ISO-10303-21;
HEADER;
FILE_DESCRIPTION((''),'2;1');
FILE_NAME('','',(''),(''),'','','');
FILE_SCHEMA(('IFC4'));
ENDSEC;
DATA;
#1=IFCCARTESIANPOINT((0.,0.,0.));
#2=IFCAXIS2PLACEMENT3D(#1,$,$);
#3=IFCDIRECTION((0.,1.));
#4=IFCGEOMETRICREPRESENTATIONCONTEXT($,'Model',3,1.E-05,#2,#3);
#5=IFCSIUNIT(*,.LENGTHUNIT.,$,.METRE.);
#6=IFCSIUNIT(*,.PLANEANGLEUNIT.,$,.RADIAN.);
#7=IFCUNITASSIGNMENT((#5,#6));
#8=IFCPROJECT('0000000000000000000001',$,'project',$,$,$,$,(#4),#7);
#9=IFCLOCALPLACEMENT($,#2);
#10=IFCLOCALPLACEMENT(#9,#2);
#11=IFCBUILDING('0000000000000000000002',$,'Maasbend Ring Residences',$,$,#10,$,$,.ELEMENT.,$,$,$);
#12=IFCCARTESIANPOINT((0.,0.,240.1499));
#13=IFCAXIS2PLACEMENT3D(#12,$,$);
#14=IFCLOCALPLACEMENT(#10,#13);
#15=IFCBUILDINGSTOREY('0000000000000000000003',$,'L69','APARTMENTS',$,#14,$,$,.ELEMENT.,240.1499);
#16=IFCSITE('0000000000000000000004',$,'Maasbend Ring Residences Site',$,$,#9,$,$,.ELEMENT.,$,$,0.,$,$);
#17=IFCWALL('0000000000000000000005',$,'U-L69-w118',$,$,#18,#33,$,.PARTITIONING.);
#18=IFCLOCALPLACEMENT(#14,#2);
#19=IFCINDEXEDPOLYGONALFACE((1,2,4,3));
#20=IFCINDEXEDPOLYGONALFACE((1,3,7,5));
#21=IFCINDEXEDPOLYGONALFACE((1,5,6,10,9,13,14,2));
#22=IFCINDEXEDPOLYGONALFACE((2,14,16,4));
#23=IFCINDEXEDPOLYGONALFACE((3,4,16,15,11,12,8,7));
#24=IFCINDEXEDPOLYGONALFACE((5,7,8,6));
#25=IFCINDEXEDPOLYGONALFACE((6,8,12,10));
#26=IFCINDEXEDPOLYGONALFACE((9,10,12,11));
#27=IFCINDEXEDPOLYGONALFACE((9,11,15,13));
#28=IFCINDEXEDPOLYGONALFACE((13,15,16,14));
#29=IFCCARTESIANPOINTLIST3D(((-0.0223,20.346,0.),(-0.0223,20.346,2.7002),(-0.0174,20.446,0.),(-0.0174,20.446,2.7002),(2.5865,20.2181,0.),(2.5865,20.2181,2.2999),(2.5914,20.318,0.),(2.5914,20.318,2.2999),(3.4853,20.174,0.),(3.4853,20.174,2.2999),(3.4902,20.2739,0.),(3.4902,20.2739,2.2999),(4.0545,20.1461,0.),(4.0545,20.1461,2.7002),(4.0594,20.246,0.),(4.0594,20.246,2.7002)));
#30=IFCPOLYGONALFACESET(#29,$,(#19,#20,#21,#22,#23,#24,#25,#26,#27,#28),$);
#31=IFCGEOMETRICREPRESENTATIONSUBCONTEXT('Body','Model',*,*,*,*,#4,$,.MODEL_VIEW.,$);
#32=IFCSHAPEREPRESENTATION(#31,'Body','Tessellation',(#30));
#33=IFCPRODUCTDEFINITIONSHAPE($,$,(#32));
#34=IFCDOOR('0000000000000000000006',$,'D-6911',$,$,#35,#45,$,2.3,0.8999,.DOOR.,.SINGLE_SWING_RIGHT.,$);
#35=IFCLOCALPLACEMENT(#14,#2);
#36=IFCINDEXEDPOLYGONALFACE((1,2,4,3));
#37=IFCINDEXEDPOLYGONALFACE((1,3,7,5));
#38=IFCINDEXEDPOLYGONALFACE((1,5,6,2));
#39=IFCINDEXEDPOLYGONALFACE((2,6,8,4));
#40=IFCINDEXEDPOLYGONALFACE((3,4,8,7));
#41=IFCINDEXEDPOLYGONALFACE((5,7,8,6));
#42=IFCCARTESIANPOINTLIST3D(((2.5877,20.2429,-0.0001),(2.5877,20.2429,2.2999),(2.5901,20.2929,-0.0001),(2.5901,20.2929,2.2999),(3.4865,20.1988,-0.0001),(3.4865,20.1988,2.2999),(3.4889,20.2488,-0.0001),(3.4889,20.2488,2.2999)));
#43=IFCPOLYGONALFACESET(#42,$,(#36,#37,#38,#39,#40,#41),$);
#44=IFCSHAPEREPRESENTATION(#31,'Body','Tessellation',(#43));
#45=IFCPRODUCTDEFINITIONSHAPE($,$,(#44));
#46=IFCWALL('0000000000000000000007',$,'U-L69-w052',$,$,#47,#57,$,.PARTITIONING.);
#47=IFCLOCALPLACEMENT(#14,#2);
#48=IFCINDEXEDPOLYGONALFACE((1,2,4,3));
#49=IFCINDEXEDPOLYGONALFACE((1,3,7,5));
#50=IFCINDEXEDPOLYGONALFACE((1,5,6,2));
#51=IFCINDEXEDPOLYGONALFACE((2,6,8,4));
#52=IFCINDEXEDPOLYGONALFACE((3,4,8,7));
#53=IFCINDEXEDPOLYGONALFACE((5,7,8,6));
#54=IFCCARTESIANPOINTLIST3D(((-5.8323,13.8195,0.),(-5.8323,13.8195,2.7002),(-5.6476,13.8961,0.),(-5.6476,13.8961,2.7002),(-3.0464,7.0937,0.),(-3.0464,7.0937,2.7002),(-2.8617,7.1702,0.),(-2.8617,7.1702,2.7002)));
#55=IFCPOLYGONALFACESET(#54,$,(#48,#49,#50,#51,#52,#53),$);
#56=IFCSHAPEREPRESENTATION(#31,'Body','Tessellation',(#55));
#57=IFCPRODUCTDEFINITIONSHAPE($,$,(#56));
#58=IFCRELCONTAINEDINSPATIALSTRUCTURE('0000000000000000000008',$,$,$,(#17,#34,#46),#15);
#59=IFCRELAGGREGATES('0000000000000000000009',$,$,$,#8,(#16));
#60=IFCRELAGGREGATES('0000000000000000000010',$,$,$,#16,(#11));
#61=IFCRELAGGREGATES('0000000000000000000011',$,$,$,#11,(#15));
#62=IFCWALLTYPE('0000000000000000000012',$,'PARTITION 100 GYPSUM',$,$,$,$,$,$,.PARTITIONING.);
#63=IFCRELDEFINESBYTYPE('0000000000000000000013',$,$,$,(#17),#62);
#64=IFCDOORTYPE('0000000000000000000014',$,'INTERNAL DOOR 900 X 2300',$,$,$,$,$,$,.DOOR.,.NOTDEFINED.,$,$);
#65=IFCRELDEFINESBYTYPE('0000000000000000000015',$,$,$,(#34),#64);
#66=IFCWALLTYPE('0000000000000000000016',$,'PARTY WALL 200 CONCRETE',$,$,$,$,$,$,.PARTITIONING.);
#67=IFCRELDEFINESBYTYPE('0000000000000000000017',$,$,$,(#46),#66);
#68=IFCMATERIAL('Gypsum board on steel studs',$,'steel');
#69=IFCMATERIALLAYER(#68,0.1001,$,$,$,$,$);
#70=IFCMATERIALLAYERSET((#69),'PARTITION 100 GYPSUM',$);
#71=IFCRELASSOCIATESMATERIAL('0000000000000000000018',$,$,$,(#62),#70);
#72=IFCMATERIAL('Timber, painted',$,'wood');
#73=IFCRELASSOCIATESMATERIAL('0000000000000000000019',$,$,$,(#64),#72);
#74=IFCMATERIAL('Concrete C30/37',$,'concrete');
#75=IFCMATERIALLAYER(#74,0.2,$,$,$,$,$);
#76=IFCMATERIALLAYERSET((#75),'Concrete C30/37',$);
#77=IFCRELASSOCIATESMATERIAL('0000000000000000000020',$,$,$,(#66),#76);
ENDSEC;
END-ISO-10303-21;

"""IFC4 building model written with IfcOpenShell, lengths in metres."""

from ifc_helpers import new_model, si_unit, direction, frame, frame_2d, origin, place, context, subcontext, project, spatial, rectangle, extrude, material, layer, layer_set, type_object, element, fill, save


model = new_model("IFC4")

# Units and contexts
model_context = context("Model", 3, precision=1e-05, world=origin(), true_north=direction((0.0, 1.0)))
body_context = subcontext(model_context, "Body", "Model", "MODEL_VIEW")
ifc_project = project(units=[si_unit("LENGTHUNIT", "METRE"), si_unit("PLANEANGLEUNIT", "RADIAN")], contexts=[model_context])

# Site, building, storey
site_placement = place(None, origin())
site = spatial("IfcSite", under=ifc_project, at=site_placement, Name="Maasbend Ring Residences Site", CompositionType="ELEMENT", RefElevation=0.0)
building_placement = place(site_placement, origin())
building = spatial("IfcBuilding", under=site, at=building_placement, Name="Maasbend Ring Residences", CompositionType="ELEMENT")
storey_placement = place(building_placement, frame((0.0, 0.0, 240.1499)))
storey = spatial("IfcBuildingStorey", under=building, at=storey_placement, Name="L69", Description="APARTMENTS", CompositionType="ELEMENT", Elevation=240.1499)

# Shared definitions
ifc_material_1 = material(Name="Gypsum board on steel studs", Category="steel")
ifc_layer_1 = layer(ifc_material_1, 0.1001)
ifc_layer_set_1 = layer_set([ifc_layer_1], Name="PARTITION 100 GYPSUM")
wall_type_1 = type_object("IfcWallType", Name="PARTITION 100 GYPSUM", PredefinedType="PARTITIONING", material=ifc_layer_set_1)
ifc_material_2 = material(Name="Timber, painted", Category="wood")
door_type_1 = type_object("IfcDoorType", Name="INTERNAL DOOR 900 X 2300", OperationType="NOTDEFINED", PredefinedType="DOOR", material=ifc_material_2)

# Wall, opening, door
wall_1_placement = place(storey_placement, frame((-0.02, 20.396, 0.0), z_axis=(0.0, 0.0, 1.0), x_axis=(0.998799, -0.048986, 0.0)))
wall_1 = element("IfcWall", 1, at=wall_1_placement, inside=storey, type_object=wall_type_1, Name="U-L69-w118", PredefinedType="PARTITIONING", context=body_context, shape_type="SweptSolid", body=[
    extrude(rectangle(XDim=4.0818, YDim=0.1001, at=frame_2d((2.041, 0.0))), origin(), (0.0, 0.0, 1.0), 2.7002),
])
opening_1_placement = place(wall_1_placement, frame((2.6121, 0.0, 0.0)))
opening_1 = element("IfcOpeningElement", 2, at=opening_1_placement, cuts=wall_1, PredefinedType="OPENING", context=body_context, shape_type="SweptSolid", body=[
    extrude(rectangle(XDim=0.8999, YDim=2.3, at=frame_2d((0.45, 1.1499))), frame((0.0, 0.0601, 0.0), z_axis=(0.0, -1.0, 0.0), x_axis=(1.0, 0.0, 0.0)), (0.0, 0.0, 1.0), 0.1201),
])
door_1_placement = place(opening_1_placement, origin())
door_1 = element("IfcDoor", 3, at=door_1_placement, inside=storey, type_object=door_type_1, Name="D-6911", OperationType="SINGLE_SWING_RIGHT", OverallHeight=2.3, OverallWidth=0.8999, PredefinedType="DOOR", context=body_context, shape_type="SweptSolid", body=[
    extrude(rectangle(XDim=0.8999, YDim=2.3, at=frame_2d((0.45, 1.1499))), frame((0.0, 0.0249, 0.0), z_axis=(0.0, -1.0, 0.0), x_axis=(1.0, 0.0, 0.0)), (0.0, 0.0, 1.0), 0.05),
])
fill(opening_1, door_1)

# Wall
ifc_material_3 = material(Name="Concrete C30/37", Category="concrete")
ifc_layer_2 = layer(ifc_material_3, 0.2)
ifc_layer_set_2 = layer_set([ifc_layer_2], Name="Concrete C30/37")
wall_type_2 = type_object("IfcWallType", Name="PARTY WALL 200 CONCRETE", PredefinedType="PARTITIONING", material=ifc_layer_set_2)
wall_2_placement = place(storey_placement, frame((-5.74, 13.8579, 0.0), z_axis=(0.0, 0.0, 1.0), x_axis=(0.382679, -0.923882, 0.0)))
element("IfcWall", 4, at=wall_2_placement, inside=storey, type_object=wall_type_2, Name="U-L69-w052", PredefinedType="PARTITIONING", context=body_context, shape_type="SweptSolid", body=[
    extrude(rectangle(XDim=7.28, YDim=0.2, at=frame_2d((3.6401, 0.0))), origin(), (0.0, 0.0, 1.0), 2.7002),
])

save(model, "model.ifc")
